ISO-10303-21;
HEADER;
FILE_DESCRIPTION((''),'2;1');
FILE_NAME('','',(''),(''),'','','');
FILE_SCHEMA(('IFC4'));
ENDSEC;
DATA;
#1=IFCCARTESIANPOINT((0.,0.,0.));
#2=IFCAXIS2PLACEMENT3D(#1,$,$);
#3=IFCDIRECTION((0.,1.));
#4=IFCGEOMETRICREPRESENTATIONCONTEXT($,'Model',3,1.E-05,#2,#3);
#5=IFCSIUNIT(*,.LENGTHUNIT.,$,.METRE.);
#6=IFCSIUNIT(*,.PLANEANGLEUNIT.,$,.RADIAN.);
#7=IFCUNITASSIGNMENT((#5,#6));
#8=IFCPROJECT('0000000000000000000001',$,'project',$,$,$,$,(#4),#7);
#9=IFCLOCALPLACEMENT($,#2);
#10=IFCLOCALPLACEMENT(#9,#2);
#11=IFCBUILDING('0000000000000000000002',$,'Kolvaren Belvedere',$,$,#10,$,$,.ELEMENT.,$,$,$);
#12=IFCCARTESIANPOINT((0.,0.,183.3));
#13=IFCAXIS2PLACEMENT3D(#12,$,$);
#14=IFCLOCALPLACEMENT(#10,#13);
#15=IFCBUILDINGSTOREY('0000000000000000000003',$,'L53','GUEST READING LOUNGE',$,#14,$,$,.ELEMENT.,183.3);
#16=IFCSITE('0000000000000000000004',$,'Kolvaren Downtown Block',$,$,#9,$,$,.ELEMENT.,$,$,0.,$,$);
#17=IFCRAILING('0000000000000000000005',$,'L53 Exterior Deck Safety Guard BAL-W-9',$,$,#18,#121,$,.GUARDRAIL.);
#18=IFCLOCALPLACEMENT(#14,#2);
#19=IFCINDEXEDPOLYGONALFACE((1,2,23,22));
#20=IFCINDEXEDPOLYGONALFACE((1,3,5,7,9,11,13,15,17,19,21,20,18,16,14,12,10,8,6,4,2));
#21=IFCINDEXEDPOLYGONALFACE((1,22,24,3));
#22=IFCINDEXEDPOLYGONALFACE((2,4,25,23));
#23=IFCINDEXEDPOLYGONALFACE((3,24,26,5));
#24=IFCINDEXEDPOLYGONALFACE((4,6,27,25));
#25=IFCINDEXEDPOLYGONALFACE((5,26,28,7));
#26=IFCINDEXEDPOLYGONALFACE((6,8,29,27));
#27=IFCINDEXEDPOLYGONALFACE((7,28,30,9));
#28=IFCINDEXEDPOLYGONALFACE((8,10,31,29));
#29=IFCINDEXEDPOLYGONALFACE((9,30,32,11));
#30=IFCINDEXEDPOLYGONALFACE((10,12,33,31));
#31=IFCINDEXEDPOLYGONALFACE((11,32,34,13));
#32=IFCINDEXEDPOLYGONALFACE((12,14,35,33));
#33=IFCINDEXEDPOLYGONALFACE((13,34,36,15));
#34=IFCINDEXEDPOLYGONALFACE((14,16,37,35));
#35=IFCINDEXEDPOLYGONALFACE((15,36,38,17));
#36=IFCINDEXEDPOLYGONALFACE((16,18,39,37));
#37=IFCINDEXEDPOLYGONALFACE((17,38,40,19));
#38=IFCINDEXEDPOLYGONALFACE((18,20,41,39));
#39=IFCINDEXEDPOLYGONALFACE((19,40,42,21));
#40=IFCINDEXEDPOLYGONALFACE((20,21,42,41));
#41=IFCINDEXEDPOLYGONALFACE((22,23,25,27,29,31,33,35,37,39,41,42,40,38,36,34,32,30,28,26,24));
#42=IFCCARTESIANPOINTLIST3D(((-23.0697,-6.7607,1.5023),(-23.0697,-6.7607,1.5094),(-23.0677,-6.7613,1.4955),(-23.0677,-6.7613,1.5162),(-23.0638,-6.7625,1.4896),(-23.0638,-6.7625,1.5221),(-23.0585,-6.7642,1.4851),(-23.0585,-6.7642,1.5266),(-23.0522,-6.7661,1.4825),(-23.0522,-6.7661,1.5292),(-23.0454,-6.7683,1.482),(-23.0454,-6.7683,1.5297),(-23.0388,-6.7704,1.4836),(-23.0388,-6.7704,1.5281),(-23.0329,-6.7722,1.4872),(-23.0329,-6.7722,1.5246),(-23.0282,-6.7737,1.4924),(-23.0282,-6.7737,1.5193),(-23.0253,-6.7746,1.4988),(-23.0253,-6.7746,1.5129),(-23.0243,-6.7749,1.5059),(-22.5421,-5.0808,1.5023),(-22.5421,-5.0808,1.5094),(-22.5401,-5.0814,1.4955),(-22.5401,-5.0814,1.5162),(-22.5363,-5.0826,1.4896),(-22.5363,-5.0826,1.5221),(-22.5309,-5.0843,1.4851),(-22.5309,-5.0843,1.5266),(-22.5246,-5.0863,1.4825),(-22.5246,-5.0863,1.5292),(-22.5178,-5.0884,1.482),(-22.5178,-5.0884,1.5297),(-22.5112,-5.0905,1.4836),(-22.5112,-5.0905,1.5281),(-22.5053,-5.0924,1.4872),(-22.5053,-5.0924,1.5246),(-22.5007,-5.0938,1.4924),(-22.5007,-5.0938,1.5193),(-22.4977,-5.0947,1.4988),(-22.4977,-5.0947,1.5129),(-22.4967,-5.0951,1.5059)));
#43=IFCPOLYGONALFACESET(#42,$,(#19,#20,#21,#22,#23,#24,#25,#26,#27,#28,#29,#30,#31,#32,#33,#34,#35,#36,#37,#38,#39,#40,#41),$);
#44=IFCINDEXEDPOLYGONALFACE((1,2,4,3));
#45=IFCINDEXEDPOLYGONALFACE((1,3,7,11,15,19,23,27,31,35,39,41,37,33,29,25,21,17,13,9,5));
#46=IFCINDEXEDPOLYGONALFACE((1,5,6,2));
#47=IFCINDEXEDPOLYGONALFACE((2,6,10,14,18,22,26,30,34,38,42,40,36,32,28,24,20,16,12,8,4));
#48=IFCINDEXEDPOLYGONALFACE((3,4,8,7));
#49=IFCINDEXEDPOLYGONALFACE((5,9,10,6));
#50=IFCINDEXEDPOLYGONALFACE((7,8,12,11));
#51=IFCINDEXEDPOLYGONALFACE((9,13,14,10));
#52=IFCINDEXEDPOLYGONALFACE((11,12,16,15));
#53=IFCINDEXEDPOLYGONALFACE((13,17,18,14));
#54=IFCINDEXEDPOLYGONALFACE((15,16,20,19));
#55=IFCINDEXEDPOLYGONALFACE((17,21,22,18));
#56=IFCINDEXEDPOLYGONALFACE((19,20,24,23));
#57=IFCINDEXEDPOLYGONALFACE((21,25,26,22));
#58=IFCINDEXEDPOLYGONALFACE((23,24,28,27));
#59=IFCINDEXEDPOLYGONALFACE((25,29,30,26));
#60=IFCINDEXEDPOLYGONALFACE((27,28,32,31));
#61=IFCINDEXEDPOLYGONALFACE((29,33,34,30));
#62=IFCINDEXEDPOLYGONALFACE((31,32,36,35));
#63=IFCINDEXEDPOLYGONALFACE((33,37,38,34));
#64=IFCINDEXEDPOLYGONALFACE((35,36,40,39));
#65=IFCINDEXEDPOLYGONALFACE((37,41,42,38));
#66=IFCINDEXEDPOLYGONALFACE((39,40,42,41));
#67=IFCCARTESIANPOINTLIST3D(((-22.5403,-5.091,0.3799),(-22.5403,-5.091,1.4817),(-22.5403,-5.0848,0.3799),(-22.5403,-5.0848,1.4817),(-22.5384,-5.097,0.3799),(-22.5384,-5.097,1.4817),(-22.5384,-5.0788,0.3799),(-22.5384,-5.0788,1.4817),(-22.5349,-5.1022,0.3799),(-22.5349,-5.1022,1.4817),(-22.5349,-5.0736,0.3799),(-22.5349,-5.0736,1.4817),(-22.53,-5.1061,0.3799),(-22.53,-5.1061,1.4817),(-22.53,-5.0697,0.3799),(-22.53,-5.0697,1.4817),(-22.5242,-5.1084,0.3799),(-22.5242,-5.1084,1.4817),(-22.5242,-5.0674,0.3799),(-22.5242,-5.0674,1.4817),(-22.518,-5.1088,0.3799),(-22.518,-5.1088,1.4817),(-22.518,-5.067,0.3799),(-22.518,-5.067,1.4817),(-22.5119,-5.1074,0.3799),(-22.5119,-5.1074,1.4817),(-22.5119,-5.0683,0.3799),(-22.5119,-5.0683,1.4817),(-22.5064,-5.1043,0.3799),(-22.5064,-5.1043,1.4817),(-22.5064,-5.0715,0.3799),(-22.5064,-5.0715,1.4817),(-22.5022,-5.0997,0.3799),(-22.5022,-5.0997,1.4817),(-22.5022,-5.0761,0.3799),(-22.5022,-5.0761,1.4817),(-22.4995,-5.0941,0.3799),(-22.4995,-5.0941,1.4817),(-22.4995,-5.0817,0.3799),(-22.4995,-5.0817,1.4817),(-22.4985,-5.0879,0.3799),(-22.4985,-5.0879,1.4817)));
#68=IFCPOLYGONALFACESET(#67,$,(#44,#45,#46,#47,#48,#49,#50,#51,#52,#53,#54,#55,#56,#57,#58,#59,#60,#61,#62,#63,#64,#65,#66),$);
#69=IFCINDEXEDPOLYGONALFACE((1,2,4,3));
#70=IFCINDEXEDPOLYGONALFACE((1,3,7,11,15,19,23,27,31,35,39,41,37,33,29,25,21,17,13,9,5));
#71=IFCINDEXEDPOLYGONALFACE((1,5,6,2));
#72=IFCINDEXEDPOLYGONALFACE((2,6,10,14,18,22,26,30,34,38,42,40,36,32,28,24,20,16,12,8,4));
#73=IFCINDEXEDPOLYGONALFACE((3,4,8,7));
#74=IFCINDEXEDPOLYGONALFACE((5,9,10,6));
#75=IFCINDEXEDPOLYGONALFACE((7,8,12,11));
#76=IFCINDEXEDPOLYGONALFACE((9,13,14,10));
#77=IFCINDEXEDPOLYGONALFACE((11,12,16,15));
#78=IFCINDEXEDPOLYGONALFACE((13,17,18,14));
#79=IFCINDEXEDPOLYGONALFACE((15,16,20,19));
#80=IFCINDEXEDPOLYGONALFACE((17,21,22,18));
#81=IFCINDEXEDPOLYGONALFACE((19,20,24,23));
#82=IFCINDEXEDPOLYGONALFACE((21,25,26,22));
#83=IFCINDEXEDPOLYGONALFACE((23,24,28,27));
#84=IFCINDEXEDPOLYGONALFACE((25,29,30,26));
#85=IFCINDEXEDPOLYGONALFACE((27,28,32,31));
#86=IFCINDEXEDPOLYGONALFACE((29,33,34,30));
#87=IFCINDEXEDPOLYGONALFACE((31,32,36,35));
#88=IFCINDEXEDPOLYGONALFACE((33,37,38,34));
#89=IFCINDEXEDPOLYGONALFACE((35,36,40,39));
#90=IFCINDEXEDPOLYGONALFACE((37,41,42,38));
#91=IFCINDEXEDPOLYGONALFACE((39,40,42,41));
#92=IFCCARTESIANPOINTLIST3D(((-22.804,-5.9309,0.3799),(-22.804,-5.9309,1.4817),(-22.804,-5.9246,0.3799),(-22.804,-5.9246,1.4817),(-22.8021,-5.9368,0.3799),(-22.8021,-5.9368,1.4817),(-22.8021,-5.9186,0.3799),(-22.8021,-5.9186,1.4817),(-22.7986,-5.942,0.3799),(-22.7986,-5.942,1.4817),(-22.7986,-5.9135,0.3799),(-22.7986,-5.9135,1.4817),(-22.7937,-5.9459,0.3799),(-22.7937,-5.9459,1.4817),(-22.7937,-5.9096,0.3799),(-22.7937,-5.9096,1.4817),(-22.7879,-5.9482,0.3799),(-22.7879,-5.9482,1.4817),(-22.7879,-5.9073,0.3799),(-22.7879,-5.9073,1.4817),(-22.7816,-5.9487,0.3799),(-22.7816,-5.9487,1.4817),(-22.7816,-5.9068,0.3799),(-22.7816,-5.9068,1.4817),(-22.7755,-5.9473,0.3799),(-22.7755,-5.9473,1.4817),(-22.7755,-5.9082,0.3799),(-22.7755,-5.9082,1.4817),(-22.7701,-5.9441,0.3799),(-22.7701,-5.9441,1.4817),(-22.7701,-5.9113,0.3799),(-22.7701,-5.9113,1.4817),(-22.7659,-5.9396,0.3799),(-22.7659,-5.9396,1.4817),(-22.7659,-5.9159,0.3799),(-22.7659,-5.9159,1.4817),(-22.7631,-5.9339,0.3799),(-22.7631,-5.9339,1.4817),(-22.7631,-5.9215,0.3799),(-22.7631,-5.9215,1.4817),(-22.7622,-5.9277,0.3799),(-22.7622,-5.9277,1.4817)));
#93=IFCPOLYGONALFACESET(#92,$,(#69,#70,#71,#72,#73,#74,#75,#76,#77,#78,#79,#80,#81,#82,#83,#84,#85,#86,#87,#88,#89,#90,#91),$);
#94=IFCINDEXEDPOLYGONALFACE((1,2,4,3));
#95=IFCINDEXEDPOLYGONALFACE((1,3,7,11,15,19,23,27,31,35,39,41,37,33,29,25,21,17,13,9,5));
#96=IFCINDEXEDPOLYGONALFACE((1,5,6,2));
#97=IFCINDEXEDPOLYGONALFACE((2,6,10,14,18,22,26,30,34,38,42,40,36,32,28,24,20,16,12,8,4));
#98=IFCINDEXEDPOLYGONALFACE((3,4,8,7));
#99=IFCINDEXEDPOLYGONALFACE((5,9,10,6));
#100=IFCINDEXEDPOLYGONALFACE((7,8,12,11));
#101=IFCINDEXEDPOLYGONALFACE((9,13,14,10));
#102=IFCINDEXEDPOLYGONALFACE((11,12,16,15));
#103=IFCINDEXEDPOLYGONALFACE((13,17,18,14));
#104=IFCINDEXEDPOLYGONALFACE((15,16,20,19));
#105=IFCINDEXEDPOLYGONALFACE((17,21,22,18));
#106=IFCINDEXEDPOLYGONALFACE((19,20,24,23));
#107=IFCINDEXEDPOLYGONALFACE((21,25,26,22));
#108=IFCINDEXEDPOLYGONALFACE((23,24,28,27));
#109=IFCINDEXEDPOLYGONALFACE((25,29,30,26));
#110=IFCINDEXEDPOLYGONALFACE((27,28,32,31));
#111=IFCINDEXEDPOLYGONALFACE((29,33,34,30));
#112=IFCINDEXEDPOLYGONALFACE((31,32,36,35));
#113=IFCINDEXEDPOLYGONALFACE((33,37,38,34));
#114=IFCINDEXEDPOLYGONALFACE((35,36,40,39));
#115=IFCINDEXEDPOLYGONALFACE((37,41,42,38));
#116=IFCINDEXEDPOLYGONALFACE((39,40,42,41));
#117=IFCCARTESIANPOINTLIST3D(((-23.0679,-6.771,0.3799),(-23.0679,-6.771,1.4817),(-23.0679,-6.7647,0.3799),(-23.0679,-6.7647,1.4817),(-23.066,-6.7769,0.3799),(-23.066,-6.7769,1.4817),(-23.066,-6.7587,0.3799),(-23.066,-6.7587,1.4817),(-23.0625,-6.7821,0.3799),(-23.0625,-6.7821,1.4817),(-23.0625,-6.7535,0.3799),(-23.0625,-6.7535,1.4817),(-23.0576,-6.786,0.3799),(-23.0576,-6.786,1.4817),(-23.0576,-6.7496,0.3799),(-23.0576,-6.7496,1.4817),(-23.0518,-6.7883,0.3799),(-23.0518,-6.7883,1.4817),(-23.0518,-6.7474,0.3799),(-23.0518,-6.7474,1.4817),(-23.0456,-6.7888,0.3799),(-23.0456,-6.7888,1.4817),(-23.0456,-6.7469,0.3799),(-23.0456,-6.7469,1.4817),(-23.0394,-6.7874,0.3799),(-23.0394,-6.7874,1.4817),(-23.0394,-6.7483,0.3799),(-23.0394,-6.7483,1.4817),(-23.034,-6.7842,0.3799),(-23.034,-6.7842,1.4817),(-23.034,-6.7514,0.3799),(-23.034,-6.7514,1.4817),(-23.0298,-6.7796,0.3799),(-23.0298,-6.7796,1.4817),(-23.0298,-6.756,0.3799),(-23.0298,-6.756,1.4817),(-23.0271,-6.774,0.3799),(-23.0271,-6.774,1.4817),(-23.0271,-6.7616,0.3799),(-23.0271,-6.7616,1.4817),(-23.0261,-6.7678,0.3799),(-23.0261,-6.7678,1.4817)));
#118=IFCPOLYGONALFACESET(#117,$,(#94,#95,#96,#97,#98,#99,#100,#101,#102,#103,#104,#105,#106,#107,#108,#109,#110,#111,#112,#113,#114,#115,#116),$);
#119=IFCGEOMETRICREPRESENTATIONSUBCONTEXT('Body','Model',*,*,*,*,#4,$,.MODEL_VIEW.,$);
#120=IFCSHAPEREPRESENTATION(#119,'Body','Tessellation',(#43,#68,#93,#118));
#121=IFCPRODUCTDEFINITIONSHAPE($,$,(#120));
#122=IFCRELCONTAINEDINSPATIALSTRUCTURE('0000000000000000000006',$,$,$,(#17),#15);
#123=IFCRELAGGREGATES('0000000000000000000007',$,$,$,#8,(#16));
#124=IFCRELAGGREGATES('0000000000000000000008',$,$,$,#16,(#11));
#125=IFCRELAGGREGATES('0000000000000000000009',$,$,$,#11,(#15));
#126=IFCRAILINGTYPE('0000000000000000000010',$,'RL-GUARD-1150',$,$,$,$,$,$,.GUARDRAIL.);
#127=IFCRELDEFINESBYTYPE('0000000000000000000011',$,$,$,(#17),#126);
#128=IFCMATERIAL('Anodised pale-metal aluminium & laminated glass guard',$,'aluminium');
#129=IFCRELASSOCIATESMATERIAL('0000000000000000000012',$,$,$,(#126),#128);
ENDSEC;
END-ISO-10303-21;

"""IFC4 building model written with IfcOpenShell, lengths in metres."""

from ifc_helpers import new_model, si_unit, direction, frame, origin, origin_2d, place, context, subcontext, project, spatial, circle, extrude, material, type_object, element, save


model = new_model("IFC4")

# Units and contexts
model_context = context("Model", 3, precision=1e-05, world=origin(), true_north=direction((0.0, 1.0)))
body_context = subcontext(model_context, "Body", "Model", "MODEL_VIEW")
ifc_project = project(units=[si_unit("LENGTHUNIT", "METRE"), si_unit("PLANEANGLEUNIT", "RADIAN")], contexts=[model_context])

# Site, building, storey
site_placement = place(None, origin())
site = spatial("IfcSite", under=ifc_project, at=site_placement, Name="Kolvaren Downtown Block", CompositionType="ELEMENT", RefElevation=0.0)
building_placement = place(site_placement, origin())
building = spatial("IfcBuilding", under=site, at=building_placement, Name="Kolvaren Belvedere", CompositionType="ELEMENT")
storey_placement = place(building_placement, frame((0.0, 0.0, 183.3)))
storey = spatial("IfcBuildingStorey", under=building, at=storey_placement, Name="L53", Description="GUEST READING LOUNGE", CompositionType="ELEMENT", Elevation=183.3)

# Railing
ifc_material_1 = material(Name="Anodised pale-metal aluminium & laminated glass guard", Category="aluminium")
railing_type = type_object("IfcRailingType", Name="RL-GUARD-1150", PredefinedType="GUARDRAIL", material=ifc_material_1)
railing_1_placement = place(storey_placement, frame((-22.5195, -5.0879, 0.3799)))
element("IfcRailing", 1, at=railing_1_placement, inside=storey, type_object=railing_type, Name="L53 Exterior Deck Safety Guard BAL-W-9", PredefinedType="GUARDRAIL", context=body_context, shape_type="SweptSolid", body=[
    extrude(circle(Radius=0.0239, at=origin_2d()), frame((0.0, 0.0, 1.126), z_axis=(-0.299625, -0.954057, 0.0), x_axis=(0.954057, -0.299625, 0.0)), (0.0, 0.0, 1.0), 1.7607),
    extrude(circle(Radius=0.021, at=origin_2d()), origin(), (0.0, 0.0, 1.0), 1.1018),
    extrude(circle(Radius=0.021, at=origin_2d()), frame((-0.2637, -0.8398, 0.0)), (0.0, 0.0, 1.0), 1.1018),
    extrude(circle(Radius=0.021, at=origin_2d()), frame((-0.5276, -1.6799, 0.0)), (0.0, 0.0, 1.0), 1.1018),
])

save(model, "model.ifc")
